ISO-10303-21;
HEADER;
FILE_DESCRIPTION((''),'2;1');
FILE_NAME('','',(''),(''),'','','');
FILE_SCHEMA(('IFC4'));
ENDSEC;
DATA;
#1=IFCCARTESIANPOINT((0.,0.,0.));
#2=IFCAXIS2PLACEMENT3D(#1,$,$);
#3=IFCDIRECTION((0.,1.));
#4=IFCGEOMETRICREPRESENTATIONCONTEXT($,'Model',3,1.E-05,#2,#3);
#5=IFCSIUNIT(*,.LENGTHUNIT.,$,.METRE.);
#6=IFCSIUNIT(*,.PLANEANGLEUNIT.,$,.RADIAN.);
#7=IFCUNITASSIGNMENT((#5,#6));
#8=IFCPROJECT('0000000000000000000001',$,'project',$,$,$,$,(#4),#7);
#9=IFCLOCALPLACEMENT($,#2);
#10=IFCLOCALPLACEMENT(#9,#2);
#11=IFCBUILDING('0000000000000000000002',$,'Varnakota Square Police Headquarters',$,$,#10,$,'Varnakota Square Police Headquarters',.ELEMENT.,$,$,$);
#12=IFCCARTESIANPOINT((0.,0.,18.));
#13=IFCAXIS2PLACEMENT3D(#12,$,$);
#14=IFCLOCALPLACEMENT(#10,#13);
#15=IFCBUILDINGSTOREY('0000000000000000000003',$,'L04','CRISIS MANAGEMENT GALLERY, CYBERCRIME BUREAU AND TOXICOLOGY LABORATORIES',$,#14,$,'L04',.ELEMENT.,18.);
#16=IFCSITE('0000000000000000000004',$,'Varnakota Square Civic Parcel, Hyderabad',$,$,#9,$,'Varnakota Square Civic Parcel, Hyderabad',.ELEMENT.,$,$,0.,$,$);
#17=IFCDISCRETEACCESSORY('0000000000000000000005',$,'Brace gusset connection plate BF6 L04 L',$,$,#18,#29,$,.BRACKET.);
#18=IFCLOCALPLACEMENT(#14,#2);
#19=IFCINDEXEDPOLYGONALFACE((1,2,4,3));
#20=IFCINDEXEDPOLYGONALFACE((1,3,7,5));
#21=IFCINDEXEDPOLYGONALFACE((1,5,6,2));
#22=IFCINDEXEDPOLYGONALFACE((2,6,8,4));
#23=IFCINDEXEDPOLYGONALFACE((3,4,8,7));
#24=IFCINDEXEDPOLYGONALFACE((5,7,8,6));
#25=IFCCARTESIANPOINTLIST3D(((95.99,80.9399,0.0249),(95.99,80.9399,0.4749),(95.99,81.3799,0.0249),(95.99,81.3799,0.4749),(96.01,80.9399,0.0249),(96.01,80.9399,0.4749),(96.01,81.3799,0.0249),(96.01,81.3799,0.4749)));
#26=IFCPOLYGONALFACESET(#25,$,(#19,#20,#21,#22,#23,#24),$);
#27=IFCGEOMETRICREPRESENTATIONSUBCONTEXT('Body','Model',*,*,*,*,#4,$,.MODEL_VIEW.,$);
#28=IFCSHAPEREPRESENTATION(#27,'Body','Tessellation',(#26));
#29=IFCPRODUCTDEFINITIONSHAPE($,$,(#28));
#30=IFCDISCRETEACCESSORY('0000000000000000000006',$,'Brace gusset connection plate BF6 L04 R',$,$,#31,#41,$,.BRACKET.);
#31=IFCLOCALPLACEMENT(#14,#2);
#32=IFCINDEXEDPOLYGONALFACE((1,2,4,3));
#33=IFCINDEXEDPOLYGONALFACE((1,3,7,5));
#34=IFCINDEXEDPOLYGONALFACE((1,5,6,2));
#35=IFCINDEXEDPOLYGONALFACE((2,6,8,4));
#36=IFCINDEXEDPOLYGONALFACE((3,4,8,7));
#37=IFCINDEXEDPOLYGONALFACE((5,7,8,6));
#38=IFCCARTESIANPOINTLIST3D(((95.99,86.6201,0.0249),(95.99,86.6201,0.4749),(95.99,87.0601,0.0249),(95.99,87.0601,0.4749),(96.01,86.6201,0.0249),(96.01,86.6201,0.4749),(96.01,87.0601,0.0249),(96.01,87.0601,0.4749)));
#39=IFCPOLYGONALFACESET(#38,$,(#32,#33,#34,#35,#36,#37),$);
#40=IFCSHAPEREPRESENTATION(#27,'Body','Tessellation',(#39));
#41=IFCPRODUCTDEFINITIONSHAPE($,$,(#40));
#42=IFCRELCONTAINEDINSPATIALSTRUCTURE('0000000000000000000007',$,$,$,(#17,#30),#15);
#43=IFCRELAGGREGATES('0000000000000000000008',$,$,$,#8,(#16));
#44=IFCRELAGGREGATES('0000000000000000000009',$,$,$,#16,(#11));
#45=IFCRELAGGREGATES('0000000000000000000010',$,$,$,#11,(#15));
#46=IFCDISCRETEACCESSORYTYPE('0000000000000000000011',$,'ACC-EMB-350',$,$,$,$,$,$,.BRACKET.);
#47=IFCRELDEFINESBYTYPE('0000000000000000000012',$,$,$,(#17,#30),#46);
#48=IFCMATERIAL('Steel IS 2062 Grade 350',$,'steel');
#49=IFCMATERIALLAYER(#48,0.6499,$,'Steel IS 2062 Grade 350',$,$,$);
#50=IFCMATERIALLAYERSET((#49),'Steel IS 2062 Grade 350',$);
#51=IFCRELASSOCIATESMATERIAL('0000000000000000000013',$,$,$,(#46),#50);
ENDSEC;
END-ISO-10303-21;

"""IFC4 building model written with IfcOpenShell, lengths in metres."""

from ifc_helpers import new_model, si_unit, direction, frame, origin, origin_2d, place, context, subcontext, project, spatial, rectangle, extrude, material, layer, layer_set, type_object, element, save


model = new_model("IFC4")

# Units and contexts
model_context = context("Model", 3, precision=1e-05, world=origin(), true_north=direction((0.0, 1.0)))
body_context = subcontext(model_context, "Body", "Model", "MODEL_VIEW")
ifc_project = project(units=[si_unit("LENGTHUNIT", "METRE"), si_unit("PLANEANGLEUNIT", "RADIAN")], contexts=[model_context])

# Site, building, storey
site_placement = place(None, origin())
site = spatial("IfcSite", under=ifc_project, at=site_placement, Name="Varnakota Square Civic Parcel, Hyderabad", LongName="Varnakota Square Civic Parcel, Hyderabad", CompositionType="ELEMENT", RefElevation=0.0)
building_placement = place(site_placement, origin())
building = spatial("IfcBuilding", under=site, at=building_placement, Name="Varnakota Square Police Headquarters", LongName="Varnakota Square Police Headquarters", CompositionType="ELEMENT")
storey_placement = place(building_placement, frame((0.0, 0.0, 18.0)))
storey = spatial("IfcBuildingStorey", under=building, at=storey_placement, Name="L04", Description="CRISIS MANAGEMENT GALLERY, CYBERCRIME BUREAU AND TOXICOLOGY LABORATORIES", LongName="L04", CompositionType="ELEMENT", Elevation=18.0)

# Shared definitions
ifc_material_1 = material(Name="Steel IS 2062 Grade 350", Category="steel")

# Discrete accessories
ifc_layer_1 = layer(ifc_material_1, 0.6499, Name="Steel IS 2062 Grade 350")
ifc_layer_set_1 = layer_set([ifc_layer_1], Name="Steel IS 2062 Grade 350")
discrete_accessory_type = type_object("IfcDiscreteAccessoryType", Name="ACC-EMB-350", PredefinedType="BRACKET", material=ifc_layer_set_1)
for number, where, z_axis, x_axis, name in (
    (1, (96.0, 81.1599, 0.0249), (0.0, 0.0, 1.0), (0.0, 1.0, 0.0), "Brace gusset connection plate BF6 L04 L"),
    (2, (96.0, 86.8401, 0.0249), (0.0, 0.0, 1.0), (0.0, 1.0, 0.0), "Brace gusset connection plate BF6 L04 R"),
):
    element("IfcDiscreteAccessory", number, at=place(storey_placement, frame(where, z_axis=z_axis, x_axis=x_axis)), inside=storey, type_object=discrete_accessory_type, Name=name, PredefinedType="BRACKET", context=body_context, shape_type="SweptSolid", body=[
        extrude(rectangle(XDim=0.4399, YDim=0.02, at=origin_2d()), origin(), (0.0, 0.0, 1.0), 0.45),
    ])

save(model, "model.ifc")
